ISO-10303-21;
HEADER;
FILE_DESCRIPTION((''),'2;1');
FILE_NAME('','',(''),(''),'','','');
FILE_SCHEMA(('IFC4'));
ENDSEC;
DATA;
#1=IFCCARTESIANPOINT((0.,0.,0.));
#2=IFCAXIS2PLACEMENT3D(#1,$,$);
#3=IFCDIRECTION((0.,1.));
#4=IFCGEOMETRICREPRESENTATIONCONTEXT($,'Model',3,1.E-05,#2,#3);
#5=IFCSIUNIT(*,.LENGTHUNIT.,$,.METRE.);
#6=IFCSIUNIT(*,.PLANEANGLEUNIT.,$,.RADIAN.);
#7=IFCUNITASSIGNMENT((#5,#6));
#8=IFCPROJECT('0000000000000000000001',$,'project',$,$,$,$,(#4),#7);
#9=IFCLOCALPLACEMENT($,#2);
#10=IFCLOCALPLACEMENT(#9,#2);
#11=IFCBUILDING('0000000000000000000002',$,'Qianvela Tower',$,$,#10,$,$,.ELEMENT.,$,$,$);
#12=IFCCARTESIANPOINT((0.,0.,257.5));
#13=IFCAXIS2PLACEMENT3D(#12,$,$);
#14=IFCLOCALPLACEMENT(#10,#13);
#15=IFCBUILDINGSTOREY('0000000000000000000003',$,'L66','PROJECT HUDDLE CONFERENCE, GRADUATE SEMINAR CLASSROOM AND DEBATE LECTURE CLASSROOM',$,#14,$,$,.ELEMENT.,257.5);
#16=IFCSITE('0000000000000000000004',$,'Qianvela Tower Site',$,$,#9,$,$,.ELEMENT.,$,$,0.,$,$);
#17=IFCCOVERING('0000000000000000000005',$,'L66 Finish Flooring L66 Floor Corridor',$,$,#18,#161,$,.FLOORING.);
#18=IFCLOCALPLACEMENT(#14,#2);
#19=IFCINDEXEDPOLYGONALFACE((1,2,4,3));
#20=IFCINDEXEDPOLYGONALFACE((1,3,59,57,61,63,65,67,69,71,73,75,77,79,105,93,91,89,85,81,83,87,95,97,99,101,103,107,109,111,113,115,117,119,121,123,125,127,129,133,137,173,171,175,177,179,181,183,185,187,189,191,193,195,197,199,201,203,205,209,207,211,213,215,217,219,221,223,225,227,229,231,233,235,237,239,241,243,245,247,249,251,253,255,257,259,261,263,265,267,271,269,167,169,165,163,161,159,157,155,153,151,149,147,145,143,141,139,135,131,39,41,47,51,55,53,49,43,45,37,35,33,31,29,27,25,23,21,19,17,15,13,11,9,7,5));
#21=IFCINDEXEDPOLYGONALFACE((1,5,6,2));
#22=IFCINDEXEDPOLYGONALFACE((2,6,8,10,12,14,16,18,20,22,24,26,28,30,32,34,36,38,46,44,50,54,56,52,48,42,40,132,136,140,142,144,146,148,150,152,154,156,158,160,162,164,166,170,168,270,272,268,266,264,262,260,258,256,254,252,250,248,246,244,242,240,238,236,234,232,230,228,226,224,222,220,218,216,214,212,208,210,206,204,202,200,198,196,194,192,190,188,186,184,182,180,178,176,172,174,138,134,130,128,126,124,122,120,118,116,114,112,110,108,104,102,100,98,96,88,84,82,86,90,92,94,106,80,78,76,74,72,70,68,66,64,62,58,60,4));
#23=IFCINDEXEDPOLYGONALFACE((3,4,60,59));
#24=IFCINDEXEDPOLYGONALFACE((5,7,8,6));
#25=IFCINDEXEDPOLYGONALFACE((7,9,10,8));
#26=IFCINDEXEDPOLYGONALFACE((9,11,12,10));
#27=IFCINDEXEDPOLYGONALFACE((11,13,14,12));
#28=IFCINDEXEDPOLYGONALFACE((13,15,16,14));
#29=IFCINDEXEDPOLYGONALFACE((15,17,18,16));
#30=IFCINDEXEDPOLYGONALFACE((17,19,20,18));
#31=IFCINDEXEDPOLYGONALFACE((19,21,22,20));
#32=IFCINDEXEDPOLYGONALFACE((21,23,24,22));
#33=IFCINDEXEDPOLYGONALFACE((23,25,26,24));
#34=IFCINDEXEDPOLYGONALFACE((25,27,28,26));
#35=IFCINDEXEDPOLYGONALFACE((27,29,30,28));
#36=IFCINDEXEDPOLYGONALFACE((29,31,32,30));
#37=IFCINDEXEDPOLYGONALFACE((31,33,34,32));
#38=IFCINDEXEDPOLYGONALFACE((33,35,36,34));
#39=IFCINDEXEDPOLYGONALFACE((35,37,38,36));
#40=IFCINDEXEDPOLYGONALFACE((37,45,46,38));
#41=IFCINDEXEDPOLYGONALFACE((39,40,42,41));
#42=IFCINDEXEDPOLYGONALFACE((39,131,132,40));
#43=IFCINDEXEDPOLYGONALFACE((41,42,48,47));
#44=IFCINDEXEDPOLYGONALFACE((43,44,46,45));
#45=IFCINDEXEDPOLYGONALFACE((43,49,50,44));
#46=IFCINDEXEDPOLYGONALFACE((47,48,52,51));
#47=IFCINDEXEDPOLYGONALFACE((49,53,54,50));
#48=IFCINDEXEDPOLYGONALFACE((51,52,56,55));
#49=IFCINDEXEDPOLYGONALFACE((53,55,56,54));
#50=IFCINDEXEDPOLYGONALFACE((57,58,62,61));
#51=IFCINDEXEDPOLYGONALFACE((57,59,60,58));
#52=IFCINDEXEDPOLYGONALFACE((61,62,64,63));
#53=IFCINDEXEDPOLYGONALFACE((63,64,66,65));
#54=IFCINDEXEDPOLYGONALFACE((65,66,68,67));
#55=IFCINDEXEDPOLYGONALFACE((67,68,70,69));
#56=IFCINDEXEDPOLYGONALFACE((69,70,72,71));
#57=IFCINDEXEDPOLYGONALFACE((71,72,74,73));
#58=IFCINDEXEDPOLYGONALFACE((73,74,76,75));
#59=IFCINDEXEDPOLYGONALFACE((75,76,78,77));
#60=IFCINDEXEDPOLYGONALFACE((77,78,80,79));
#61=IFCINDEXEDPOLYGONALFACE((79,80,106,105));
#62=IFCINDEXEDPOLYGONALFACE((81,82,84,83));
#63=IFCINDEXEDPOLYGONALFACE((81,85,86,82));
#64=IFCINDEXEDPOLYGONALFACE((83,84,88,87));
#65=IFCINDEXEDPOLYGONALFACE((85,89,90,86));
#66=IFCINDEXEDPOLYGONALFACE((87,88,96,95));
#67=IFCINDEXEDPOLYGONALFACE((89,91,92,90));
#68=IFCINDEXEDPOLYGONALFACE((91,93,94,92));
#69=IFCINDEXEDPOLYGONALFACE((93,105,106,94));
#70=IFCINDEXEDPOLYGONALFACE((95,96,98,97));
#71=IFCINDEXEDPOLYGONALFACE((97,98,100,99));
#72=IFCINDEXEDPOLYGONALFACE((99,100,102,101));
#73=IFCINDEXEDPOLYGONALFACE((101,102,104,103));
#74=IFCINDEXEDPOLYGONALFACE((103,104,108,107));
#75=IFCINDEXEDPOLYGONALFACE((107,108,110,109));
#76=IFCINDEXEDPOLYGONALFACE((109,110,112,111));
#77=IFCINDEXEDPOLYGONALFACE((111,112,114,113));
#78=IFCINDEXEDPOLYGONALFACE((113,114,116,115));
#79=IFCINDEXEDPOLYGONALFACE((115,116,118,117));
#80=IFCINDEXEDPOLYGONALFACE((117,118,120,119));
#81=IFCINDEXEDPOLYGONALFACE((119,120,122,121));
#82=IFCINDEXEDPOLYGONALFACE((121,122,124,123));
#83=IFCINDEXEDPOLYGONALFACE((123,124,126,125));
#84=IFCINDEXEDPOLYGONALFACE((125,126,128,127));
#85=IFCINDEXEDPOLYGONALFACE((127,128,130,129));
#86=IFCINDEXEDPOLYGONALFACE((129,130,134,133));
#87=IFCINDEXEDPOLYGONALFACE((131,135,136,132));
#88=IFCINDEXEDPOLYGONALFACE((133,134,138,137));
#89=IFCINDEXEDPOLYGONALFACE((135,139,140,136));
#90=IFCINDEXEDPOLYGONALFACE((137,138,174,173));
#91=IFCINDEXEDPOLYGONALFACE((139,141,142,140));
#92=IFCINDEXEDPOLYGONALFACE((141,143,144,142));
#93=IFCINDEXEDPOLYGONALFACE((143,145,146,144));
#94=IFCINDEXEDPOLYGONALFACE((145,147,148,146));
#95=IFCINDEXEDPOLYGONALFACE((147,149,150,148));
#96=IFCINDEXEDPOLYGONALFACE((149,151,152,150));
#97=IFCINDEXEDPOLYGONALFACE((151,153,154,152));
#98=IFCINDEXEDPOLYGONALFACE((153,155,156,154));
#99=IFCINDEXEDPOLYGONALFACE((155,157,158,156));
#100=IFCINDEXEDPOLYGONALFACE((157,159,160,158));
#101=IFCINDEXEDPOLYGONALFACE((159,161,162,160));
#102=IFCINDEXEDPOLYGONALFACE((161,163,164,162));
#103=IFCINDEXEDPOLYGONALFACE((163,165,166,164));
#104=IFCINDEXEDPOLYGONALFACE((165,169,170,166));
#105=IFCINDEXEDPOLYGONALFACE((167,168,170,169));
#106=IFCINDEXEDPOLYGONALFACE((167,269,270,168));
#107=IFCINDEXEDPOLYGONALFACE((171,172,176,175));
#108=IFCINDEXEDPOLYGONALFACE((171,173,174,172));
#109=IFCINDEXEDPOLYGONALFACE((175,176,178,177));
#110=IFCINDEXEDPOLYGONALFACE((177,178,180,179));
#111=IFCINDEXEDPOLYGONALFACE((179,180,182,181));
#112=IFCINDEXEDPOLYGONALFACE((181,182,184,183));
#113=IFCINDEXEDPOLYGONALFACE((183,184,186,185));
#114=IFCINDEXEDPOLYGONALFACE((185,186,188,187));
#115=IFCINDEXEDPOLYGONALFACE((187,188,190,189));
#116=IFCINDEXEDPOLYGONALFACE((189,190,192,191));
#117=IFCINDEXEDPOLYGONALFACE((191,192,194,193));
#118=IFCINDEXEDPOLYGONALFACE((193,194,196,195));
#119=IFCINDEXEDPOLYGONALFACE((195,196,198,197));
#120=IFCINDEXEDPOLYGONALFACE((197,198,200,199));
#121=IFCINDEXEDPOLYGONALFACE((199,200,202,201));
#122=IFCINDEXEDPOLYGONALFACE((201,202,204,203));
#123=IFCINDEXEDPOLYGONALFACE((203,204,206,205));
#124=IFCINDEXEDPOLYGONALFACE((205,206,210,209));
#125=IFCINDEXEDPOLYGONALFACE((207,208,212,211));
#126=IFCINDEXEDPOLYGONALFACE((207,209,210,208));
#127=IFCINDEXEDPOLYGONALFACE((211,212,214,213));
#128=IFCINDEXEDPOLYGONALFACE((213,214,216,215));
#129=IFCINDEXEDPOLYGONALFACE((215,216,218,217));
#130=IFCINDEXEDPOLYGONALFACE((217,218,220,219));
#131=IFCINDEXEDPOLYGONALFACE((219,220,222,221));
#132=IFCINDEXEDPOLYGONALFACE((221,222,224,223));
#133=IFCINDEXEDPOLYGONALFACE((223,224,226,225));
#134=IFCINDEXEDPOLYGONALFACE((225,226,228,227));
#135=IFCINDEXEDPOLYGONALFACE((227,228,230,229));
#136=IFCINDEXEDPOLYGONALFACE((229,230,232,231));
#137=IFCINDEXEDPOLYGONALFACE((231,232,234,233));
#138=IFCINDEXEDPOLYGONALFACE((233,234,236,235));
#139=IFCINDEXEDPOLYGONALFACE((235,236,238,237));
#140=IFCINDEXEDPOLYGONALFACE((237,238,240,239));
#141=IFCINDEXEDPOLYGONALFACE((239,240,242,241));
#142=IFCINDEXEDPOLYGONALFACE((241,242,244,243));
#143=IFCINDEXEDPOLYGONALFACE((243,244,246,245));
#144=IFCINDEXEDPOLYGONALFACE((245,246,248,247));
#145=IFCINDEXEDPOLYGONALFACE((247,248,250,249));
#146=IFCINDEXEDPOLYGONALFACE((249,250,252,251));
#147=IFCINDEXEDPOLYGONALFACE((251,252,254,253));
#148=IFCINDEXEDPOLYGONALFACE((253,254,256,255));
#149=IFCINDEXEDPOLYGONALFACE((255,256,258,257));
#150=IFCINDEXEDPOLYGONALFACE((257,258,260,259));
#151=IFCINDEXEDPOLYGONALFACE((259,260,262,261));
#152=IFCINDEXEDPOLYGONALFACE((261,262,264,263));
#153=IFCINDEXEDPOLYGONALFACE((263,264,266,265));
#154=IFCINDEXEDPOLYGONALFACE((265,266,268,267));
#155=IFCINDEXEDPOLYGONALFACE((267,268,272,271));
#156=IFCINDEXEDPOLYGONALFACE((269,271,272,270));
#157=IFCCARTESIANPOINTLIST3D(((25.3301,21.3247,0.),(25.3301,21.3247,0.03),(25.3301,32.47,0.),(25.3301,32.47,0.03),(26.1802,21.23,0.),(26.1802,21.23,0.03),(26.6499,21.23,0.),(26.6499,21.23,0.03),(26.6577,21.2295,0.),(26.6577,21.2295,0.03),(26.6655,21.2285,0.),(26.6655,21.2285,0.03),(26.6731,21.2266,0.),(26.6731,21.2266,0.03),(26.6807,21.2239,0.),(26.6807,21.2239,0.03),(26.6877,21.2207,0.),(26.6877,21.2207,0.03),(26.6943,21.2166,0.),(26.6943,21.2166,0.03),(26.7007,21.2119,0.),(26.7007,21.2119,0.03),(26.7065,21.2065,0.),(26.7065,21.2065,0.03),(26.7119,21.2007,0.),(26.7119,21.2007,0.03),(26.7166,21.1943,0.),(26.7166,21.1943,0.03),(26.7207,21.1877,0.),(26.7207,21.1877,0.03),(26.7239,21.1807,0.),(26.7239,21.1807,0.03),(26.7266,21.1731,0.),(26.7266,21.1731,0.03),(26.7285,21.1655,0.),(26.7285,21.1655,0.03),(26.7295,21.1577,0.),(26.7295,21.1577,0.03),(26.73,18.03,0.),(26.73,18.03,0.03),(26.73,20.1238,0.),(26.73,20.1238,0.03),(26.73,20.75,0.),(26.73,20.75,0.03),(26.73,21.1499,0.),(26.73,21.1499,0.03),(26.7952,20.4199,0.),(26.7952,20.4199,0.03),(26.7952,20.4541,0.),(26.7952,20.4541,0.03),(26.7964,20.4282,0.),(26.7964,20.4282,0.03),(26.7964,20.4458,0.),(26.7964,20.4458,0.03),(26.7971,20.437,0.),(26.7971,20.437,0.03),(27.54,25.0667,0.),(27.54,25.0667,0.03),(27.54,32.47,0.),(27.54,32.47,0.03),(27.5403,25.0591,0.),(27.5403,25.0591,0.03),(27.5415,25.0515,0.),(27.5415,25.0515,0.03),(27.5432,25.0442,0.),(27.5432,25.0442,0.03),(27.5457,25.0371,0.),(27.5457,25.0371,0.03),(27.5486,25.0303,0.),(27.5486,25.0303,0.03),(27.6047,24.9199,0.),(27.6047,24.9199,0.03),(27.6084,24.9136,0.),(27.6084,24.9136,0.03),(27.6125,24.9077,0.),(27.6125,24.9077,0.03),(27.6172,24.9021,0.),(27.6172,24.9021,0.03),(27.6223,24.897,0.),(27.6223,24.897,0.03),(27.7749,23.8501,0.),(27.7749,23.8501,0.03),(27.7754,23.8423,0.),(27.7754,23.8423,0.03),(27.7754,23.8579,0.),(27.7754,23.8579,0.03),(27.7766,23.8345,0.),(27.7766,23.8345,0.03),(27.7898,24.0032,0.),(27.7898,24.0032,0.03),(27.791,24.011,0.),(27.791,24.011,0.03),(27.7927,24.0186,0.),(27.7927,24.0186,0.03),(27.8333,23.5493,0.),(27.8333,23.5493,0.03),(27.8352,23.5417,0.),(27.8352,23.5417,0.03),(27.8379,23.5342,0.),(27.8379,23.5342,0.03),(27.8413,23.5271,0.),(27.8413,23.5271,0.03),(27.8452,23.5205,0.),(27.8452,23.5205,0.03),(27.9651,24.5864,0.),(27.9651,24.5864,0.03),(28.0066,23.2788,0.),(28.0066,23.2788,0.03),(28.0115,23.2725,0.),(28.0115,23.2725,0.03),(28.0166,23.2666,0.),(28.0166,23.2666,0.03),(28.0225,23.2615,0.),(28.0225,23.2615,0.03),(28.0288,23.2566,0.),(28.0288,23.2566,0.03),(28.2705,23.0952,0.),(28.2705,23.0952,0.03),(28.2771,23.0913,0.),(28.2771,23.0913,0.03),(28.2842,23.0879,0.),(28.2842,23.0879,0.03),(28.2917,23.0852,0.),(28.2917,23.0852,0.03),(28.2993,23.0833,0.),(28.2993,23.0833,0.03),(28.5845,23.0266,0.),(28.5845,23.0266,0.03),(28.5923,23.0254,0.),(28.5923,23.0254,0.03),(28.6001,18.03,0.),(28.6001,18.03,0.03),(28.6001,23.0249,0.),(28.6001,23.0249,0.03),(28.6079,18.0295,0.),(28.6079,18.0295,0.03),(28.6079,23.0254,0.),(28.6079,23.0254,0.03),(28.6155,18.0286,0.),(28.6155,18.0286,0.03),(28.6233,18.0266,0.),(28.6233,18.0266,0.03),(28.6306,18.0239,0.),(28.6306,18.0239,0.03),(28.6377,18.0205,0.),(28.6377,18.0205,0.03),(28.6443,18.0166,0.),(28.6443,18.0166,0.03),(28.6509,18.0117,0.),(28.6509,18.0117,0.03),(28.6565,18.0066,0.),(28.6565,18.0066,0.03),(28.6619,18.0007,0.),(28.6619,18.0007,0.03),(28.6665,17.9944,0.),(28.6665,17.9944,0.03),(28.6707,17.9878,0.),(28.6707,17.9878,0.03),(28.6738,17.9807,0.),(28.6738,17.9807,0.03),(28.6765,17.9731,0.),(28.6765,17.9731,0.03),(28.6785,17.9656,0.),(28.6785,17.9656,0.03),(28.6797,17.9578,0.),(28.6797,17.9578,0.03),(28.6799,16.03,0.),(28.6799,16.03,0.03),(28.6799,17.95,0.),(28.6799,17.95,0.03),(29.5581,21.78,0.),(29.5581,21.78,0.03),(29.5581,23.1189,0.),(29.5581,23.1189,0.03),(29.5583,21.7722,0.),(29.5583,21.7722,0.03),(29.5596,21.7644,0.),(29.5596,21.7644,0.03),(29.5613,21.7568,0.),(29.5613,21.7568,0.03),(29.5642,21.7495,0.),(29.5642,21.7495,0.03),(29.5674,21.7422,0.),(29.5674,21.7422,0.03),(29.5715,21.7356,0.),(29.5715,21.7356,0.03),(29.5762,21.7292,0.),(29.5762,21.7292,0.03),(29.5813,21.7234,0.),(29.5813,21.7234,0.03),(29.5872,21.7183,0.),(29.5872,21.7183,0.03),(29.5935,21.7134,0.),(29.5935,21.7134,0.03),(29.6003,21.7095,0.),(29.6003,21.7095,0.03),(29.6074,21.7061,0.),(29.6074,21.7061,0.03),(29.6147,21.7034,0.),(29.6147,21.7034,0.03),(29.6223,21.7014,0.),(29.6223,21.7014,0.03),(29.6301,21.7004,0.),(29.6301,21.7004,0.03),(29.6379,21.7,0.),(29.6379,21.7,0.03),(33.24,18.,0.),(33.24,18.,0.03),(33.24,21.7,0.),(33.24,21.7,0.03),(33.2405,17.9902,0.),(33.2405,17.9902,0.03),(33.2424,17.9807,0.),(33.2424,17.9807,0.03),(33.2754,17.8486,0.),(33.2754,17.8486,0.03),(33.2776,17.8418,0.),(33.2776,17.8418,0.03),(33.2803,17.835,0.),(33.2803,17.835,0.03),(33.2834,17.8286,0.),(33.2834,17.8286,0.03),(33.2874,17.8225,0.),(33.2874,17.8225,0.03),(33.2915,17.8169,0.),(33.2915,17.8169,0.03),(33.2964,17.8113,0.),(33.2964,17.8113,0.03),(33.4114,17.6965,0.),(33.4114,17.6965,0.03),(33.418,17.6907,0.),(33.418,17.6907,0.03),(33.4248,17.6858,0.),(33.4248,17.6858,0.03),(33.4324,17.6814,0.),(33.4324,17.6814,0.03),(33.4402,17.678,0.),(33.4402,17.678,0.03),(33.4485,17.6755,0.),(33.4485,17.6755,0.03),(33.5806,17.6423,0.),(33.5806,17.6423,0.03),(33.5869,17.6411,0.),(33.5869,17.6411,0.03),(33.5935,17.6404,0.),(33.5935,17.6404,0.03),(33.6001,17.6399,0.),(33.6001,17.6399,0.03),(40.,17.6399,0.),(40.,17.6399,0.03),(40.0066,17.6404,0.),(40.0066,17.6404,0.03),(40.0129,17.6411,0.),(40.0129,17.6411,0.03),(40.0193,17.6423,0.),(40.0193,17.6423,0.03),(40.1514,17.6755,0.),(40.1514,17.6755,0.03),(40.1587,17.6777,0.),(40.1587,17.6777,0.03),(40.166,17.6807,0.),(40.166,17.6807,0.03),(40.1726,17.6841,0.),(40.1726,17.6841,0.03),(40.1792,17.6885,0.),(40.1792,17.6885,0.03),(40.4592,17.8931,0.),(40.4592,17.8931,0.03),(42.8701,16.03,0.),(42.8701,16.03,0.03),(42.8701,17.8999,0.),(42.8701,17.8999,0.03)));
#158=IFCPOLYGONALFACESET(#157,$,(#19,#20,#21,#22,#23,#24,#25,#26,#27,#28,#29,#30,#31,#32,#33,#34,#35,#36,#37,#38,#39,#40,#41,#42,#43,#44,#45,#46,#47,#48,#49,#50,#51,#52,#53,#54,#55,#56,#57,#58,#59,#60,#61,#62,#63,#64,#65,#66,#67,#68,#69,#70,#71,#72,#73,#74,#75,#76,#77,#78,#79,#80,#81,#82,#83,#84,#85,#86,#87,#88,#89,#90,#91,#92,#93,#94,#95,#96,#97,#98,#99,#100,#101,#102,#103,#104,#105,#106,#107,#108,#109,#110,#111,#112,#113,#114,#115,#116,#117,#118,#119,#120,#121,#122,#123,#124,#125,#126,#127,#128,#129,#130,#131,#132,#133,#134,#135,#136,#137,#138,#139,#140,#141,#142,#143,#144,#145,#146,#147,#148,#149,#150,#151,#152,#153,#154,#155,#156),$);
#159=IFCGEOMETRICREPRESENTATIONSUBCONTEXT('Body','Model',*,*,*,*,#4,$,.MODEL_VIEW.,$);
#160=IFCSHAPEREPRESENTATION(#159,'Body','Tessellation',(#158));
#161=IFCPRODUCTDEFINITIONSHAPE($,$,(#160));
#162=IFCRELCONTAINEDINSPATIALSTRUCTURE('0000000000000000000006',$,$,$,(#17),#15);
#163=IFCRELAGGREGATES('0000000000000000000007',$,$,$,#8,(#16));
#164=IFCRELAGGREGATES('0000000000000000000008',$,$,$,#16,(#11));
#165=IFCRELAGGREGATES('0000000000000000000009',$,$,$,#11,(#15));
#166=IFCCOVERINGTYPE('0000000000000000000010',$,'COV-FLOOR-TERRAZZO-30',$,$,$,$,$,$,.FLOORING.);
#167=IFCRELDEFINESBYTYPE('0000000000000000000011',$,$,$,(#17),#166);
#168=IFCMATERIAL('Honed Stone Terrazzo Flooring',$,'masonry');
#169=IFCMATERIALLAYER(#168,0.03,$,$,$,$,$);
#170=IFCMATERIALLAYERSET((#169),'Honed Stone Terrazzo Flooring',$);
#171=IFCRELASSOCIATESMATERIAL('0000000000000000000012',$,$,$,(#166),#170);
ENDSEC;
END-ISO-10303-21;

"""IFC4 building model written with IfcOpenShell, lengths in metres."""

from ifc_helpers import new_model, si_unit, direction, frame, origin, place, context, subcontext, project, spatial, polyline, outline, extrude, material, layer, layer_set, type_object, element, save


model = new_model("IFC4")

# Units and contexts
model_context = context("Model", 3, precision=1e-05, world=origin(), true_north=direction((0.0, 1.0)))
body_context = subcontext(model_context, "Body", "Model", "MODEL_VIEW")
ifc_project = project(units=[si_unit("LENGTHUNIT", "METRE"), si_unit("PLANEANGLEUNIT", "RADIAN")], contexts=[model_context])

# Site, building, storey
site_placement = place(None, origin())
site = spatial("IfcSite", under=ifc_project, at=site_placement, Name="Qianvela Tower Site", CompositionType="ELEMENT", RefElevation=0.0)
building_placement = place(site_placement, origin())
building = spatial("IfcBuilding", under=site, at=building_placement, Name="Qianvela Tower", CompositionType="ELEMENT")
storey_placement = place(building_placement, frame((0.0, 0.0, 257.5)))
storey = spatial("IfcBuildingStorey", under=building, at=storey_placement, Name="L66", Description="PROJECT HUDDLE CONFERENCE, GRADUATE SEMINAR CLASSROOM AND DEBATE LECTURE CLASSROOM", CompositionType="ELEMENT", Elevation=257.5)

# Covering
ifc_material_1 = material(Name="Honed Stone Terrazzo Flooring", Category="masonry")
ifc_layer_1 = layer(ifc_material_1, 0.03)
ifc_layer_set_1 = layer_set([ifc_layer_1], Name="Honed Stone Terrazzo Flooring")
covering_type_1 = type_object("IfcCoveringType", Name="COV-FLOOR-TERRAZZO-30", PredefinedType="FLOORING", material=ifc_layer_set_1)
covering_1_placement = place(storey_placement, origin())
element("IfcCovering", 1, at=covering_1_placement, inside=storey, type_object=covering_type_1, Name="L66 Finish Flooring L66 Floor Corridor", PredefinedType="FLOORING", context=body_context, shape_type="SweptSolid", body=[
    extrude(outline(polyline([(27.7927, 24.0186), (27.791, 24.011), (27.7898, 24.0032), (27.7754, 23.8579), (27.7749, 23.8501), (27.7754, 23.8423), (27.7766, 23.8345), (27.8333, 23.5493), (27.8352, 23.5417), (27.8379, 23.5342), (27.8413, 23.5271), (27.8452, 23.5205), (28.0066, 23.2788), (28.0115, 23.2725), (28.0166, 23.2666), (28.0225, 23.2615), (28.0288, 23.2566), (28.2705, 23.0952), (28.2771, 23.0913), (28.2842, 23.0879), (28.2917, 23.0852), (28.2993, 23.0833), (28.5845, 23.0266), (28.5923, 23.0254), (28.6001, 23.0249), (28.6079, 23.0254), (29.5581, 23.1189), (29.5581, 21.78), (29.5583, 21.7722), (29.5596, 21.7644), (29.5613, 21.7568), (29.5642, 21.7495), (29.5674, 21.7422), (29.5715, 21.7356), (29.5762, 21.7292), (29.5813, 21.7234), (29.5872, 21.7183), (29.5935, 21.7134), (29.6003, 21.7095), (29.6074, 21.7061), (29.6147, 21.7034), (29.6223, 21.7014), (29.6301, 21.7004), (29.6379, 21.7), (33.24, 21.7), (33.24, 18.0), (33.2405, 17.9902), (33.2424, 17.9807), (33.2754, 17.8486), (33.2776, 17.8418), (33.2803, 17.835), (33.2834, 17.8286), (33.2874, 17.8225), (33.2915, 17.8169), (33.2964, 17.8113), (33.4114, 17.6965), (33.418, 17.6907), (33.4248, 17.6858), (33.4324, 17.6814), (33.4402, 17.678), (33.4485, 17.6755), (33.5806, 17.6423), (33.5869, 17.6411), (33.5935, 17.6404), (33.6001, 17.6399), (40.0, 17.6399), (40.0066, 17.6404), (40.0129, 17.6411), (40.0193, 17.6423), (40.1514, 17.6755), (40.1587, 17.6777), (40.166, 17.6807), (40.1726, 17.6841), (40.1792, 17.6885), (40.4592, 17.8931), (42.8701, 17.8999), (42.8701, 16.03), (28.6799, 16.03), (28.6799, 17.95), (28.6797, 17.9578), (28.6785, 17.9656), (28.6765, 17.9731), (28.6738, 17.9807), (28.6707, 17.9878), (28.6665, 17.9944), (28.6619, 18.0007), (28.6565, 18.0066), (28.6509, 18.0117), (28.6443, 18.0166), (28.6377, 18.0205), (28.6306, 18.0239), (28.6233, 18.0266), (28.6155, 18.0286), (28.6079, 18.0295), (28.6001, 18.03), (26.73, 18.03), (26.73, 20.1238), (26.7952, 20.4199), (26.7964, 20.4282), (26.7971, 20.437), (26.7964, 20.4458), (26.7952, 20.4541), (26.73, 20.75), (26.73, 21.1499), (26.7295, 21.1577), (26.7285, 21.1655), (26.7266, 21.1731), (26.7239, 21.1807), (26.7207, 21.1877), (26.7166, 21.1943), (26.7119, 21.2007), (26.7065, 21.2065), (26.7007, 21.2119), (26.6943, 21.2166), (26.6877, 21.2207), (26.6807, 21.2239), (26.6731, 21.2266), (26.6655, 21.2285), (26.6577, 21.2295), (26.6499, 21.23), (26.1802, 21.23), (25.3301, 21.3247), (25.3301, 32.47), (27.54, 32.47), (27.54, 25.0667), (27.5403, 25.0591), (27.5415, 25.0515), (27.5432, 25.0442), (27.5457, 25.0371), (27.5486, 25.0303), (27.6047, 24.9199), (27.6084, 24.9136), (27.6125, 24.9077), (27.6172, 24.9021), (27.6223, 24.897), (27.9651, 24.5864), (27.7927, 24.0186)])), origin(), (0.0, 0.0, 1.0), 0.03),
])

save(model, "model.ifc")
